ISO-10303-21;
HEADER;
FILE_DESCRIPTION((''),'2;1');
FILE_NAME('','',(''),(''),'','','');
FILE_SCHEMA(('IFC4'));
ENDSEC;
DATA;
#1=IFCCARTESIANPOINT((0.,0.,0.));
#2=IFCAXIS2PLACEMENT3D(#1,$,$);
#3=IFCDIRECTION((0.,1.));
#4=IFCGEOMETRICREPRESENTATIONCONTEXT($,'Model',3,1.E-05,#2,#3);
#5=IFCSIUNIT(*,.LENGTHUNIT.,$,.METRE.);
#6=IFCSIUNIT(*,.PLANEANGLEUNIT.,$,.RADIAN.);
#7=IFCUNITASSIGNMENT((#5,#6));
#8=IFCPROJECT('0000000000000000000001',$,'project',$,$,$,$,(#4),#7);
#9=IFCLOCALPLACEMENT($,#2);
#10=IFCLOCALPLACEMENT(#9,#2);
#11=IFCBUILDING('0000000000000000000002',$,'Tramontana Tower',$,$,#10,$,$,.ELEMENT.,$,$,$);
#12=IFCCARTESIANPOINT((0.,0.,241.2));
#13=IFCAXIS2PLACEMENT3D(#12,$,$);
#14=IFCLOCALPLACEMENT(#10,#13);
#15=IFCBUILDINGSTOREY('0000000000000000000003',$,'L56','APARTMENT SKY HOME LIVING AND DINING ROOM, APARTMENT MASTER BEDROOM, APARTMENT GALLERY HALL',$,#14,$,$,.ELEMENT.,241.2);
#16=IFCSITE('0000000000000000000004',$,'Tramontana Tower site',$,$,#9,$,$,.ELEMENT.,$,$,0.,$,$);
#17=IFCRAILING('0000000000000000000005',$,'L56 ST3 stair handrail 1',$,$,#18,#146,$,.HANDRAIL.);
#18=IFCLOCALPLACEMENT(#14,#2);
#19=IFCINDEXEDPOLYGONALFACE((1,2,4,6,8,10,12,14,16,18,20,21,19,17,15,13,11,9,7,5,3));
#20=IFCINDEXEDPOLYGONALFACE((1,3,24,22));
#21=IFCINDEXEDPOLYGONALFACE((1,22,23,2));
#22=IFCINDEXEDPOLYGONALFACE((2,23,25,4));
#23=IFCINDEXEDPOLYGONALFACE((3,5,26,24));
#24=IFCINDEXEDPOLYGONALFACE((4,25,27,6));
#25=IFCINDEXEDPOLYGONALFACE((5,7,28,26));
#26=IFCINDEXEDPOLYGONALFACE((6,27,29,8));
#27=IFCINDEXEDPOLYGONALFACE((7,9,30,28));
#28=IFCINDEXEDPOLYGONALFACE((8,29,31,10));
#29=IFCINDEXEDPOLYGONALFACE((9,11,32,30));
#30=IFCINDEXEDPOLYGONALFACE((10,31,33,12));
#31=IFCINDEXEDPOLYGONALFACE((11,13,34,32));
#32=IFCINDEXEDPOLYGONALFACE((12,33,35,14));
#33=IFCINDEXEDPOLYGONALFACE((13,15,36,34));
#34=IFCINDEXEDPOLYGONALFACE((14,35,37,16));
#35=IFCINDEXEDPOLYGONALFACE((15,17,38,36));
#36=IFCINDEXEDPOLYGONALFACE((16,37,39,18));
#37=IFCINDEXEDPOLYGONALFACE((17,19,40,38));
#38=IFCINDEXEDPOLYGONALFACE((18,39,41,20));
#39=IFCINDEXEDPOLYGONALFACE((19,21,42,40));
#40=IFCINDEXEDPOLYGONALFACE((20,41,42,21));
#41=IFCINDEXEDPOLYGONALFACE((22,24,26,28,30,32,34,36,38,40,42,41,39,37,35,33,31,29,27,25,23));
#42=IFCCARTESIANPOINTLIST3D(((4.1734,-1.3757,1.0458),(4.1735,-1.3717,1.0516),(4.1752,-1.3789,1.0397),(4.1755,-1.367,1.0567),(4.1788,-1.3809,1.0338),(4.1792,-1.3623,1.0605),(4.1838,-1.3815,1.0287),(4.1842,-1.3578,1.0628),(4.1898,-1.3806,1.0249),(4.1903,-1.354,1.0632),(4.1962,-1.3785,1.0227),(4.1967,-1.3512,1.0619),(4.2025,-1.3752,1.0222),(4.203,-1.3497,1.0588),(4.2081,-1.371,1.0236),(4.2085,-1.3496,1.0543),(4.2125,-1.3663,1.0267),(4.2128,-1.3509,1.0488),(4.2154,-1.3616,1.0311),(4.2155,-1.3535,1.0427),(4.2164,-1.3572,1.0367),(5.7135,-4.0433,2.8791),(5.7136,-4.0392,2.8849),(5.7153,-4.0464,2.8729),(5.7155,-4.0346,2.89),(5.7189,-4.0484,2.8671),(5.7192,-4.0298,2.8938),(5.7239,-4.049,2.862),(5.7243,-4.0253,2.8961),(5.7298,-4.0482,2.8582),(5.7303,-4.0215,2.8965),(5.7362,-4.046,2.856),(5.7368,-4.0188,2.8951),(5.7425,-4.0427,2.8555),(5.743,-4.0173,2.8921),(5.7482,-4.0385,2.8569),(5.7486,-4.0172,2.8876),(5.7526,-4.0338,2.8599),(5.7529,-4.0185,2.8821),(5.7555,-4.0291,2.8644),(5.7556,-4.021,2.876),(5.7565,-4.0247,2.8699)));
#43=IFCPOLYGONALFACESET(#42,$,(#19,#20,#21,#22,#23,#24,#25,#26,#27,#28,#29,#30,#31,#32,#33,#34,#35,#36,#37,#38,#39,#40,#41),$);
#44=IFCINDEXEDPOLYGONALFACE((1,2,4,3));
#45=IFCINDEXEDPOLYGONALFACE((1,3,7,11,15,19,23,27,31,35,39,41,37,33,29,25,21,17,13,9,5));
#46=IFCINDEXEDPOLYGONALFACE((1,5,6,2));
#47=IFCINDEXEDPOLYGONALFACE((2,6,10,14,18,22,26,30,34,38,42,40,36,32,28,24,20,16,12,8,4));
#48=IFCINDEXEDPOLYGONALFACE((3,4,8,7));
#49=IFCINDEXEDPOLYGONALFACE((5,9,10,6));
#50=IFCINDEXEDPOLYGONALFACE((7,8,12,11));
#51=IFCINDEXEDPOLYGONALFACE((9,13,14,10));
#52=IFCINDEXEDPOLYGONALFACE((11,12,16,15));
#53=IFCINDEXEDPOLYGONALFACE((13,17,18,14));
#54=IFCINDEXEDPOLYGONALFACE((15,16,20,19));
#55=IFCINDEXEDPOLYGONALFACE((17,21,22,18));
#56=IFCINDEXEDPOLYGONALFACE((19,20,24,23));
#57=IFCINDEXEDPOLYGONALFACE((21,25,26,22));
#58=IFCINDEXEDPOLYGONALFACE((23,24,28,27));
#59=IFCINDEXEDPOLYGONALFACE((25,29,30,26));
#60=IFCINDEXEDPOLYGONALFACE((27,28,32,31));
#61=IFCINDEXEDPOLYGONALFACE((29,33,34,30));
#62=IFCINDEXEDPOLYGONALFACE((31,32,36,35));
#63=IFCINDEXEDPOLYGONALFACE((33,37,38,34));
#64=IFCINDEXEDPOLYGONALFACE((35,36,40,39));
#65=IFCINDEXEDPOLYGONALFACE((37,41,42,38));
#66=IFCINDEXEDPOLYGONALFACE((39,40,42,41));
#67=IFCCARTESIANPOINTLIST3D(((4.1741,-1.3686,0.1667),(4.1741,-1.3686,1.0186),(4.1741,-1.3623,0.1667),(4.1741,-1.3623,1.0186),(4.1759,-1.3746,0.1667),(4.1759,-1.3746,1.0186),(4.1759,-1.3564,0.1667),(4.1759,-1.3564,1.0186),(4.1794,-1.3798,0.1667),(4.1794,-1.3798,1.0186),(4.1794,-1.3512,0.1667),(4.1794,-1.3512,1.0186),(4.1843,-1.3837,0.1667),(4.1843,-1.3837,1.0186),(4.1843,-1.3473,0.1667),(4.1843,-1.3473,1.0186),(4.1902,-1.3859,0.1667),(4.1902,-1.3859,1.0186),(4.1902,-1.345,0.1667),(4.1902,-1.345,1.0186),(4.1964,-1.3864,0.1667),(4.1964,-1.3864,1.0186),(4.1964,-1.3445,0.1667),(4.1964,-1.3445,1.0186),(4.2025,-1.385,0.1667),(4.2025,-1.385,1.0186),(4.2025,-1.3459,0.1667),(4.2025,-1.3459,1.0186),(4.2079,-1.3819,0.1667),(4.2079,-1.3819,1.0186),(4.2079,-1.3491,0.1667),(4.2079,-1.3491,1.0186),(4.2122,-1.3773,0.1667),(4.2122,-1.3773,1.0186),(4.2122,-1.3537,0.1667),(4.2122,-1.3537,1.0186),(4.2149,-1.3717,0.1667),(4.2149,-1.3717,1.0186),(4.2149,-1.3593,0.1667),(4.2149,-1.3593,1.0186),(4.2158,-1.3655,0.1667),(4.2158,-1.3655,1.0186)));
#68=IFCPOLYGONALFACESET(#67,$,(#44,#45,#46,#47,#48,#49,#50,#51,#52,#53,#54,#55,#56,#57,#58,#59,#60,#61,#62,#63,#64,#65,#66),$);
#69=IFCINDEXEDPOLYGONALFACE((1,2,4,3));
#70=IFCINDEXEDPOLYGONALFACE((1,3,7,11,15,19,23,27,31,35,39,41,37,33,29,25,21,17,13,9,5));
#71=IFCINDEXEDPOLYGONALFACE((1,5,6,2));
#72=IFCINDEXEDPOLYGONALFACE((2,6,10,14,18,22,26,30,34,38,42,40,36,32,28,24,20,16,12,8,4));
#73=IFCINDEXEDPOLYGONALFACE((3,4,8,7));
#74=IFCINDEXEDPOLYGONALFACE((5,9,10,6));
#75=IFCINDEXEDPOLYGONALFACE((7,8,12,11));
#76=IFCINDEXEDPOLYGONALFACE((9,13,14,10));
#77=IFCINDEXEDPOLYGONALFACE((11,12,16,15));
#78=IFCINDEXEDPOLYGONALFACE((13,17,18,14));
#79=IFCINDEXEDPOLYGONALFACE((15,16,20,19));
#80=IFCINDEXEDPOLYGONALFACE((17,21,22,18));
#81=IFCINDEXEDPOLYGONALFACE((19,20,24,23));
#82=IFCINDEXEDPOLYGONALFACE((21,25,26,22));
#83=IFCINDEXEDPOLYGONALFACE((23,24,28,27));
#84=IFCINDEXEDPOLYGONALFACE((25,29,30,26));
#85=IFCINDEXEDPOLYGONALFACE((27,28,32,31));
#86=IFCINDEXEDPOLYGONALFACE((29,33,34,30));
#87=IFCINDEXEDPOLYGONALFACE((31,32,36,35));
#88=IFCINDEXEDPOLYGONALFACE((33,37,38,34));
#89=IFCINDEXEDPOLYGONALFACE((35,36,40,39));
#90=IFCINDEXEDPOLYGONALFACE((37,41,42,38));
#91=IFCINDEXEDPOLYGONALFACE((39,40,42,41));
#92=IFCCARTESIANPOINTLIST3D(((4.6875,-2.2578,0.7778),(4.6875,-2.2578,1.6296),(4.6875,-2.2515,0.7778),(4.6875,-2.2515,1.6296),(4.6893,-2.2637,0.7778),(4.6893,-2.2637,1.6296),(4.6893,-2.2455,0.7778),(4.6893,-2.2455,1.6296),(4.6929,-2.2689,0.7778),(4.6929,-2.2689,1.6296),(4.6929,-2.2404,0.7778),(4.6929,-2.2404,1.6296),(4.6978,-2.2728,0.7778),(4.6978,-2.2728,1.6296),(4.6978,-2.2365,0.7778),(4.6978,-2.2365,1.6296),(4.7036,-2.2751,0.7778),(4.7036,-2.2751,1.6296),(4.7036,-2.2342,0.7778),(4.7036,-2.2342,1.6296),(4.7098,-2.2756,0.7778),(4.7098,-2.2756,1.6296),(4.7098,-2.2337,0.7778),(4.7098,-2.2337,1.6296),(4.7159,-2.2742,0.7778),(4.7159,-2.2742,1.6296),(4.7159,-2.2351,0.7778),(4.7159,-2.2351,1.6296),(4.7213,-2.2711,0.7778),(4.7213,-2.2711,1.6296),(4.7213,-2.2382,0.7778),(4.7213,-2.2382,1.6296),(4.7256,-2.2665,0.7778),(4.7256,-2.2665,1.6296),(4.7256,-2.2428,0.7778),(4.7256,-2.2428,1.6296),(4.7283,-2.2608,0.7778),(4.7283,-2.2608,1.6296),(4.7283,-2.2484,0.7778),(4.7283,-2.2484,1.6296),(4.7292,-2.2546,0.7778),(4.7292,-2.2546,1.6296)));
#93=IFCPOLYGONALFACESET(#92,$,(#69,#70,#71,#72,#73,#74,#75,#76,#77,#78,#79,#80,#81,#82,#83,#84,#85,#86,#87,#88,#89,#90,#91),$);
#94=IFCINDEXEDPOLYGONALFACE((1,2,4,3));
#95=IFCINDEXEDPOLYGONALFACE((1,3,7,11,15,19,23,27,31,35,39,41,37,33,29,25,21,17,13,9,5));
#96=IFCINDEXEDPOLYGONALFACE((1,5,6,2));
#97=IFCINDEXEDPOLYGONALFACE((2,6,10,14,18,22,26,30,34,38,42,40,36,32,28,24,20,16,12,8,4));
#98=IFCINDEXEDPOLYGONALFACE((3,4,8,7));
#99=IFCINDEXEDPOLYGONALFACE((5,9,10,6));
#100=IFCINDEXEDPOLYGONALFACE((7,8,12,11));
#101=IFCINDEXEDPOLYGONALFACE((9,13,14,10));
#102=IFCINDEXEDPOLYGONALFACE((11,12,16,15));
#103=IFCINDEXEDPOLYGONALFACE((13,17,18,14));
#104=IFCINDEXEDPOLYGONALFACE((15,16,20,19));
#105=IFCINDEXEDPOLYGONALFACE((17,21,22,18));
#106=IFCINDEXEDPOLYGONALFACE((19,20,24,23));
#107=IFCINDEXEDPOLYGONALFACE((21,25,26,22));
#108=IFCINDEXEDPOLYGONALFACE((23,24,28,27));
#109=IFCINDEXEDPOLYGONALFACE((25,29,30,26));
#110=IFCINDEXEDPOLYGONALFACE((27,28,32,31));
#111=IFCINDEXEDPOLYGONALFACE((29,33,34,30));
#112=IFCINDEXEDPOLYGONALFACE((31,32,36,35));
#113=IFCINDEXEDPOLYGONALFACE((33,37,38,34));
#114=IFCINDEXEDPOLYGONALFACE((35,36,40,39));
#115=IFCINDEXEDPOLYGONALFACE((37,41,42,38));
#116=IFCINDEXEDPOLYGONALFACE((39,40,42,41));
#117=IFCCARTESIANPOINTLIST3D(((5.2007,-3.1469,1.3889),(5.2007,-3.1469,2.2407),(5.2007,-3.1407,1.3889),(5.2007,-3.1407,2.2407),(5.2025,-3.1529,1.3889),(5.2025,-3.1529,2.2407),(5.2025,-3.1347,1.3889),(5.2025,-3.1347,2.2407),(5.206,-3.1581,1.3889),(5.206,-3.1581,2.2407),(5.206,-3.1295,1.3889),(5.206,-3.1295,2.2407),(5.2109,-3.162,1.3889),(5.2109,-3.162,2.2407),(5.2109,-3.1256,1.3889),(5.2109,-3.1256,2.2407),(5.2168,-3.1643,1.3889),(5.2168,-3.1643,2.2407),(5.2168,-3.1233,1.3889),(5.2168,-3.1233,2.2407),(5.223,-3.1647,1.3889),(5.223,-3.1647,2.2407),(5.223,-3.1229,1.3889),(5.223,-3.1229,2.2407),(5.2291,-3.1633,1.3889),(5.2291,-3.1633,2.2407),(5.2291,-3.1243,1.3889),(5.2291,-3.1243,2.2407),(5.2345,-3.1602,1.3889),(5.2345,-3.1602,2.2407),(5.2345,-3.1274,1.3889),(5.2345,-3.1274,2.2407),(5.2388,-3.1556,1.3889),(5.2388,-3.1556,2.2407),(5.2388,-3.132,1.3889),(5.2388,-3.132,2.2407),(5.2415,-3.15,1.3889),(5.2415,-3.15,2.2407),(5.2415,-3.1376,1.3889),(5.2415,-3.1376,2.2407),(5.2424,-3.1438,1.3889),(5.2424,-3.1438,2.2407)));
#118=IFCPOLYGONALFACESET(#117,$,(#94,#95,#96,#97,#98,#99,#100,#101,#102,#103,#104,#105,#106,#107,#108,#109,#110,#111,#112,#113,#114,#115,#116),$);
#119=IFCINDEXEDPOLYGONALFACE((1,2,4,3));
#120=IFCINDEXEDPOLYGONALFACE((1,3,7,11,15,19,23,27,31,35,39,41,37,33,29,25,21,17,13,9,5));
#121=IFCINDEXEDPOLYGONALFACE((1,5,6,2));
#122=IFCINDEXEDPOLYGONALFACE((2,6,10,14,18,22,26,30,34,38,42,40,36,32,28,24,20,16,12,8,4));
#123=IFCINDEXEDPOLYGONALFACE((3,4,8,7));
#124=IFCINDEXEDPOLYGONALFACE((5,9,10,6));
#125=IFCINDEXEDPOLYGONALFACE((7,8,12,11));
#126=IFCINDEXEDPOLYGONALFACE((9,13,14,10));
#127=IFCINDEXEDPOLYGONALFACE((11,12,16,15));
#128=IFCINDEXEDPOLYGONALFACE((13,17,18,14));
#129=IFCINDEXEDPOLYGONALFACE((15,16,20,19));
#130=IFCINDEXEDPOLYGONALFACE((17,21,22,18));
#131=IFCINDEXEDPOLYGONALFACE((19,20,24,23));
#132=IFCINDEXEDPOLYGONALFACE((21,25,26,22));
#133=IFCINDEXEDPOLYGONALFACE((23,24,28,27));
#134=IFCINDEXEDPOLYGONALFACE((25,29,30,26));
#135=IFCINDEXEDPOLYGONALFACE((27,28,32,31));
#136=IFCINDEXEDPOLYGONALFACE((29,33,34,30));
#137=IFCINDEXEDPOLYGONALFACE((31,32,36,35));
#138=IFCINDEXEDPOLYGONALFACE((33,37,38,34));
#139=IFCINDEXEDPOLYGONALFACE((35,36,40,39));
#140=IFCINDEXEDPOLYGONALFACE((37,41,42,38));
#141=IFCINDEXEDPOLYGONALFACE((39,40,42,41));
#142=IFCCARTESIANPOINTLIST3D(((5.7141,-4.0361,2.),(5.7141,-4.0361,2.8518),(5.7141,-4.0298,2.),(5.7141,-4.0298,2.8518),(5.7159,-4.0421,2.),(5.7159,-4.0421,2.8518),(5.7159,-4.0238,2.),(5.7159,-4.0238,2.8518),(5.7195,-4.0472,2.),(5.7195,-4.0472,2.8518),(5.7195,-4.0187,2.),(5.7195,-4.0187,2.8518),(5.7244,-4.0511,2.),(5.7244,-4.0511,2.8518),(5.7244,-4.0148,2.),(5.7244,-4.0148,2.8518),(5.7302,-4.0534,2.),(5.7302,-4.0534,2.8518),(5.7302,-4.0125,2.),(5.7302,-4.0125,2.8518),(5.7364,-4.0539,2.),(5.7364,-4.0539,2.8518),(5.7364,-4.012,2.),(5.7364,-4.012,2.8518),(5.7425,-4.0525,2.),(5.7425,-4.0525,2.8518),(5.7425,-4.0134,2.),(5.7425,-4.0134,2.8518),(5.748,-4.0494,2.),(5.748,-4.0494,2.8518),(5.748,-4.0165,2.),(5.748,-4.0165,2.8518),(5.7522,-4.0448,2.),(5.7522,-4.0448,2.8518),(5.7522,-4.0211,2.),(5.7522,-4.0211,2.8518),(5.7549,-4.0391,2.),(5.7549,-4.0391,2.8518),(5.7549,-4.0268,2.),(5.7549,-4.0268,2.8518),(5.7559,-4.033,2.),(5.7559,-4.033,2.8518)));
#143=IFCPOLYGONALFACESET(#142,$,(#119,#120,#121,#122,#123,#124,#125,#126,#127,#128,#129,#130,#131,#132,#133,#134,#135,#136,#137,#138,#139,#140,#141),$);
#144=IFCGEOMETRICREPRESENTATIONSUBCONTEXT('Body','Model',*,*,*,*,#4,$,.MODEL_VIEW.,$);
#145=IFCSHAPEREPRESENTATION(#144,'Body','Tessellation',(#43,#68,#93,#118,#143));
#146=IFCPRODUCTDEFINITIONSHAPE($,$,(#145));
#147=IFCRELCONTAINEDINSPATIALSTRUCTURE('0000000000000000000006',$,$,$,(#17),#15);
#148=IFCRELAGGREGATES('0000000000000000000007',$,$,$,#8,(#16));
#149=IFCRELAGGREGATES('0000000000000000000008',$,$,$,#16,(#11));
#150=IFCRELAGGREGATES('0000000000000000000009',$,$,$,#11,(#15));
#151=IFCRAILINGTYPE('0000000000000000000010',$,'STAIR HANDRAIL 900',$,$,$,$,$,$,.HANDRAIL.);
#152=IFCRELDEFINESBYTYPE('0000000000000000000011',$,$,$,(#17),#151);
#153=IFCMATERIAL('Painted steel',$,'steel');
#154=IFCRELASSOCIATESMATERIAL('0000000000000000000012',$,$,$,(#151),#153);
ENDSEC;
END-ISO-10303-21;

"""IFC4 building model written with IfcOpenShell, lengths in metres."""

from ifc_helpers import new_model, si_unit, direction, frame, origin, origin_2d, place, context, subcontext, project, spatial, circle, extrude, material, type_object, element, save


model = new_model("IFC4")

# Units and contexts
model_context = context("Model", 3, precision=1e-05, world=origin(), true_north=direction((0.0, 1.0)))
body_context = subcontext(model_context, "Body", "Model", "MODEL_VIEW")
ifc_project = project(units=[si_unit("LENGTHUNIT", "METRE"), si_unit("PLANEANGLEUNIT", "RADIAN")], contexts=[model_context])

# Site, building, storey
site_placement = place(None, origin())
site = spatial("IfcSite", under=ifc_project, at=site_placement, Name="Tramontana Tower site", CompositionType="ELEMENT", RefElevation=0.0)
building_placement = place(site_placement, origin())
building = spatial("IfcBuilding", under=site, at=building_placement, Name="Tramontana Tower", CompositionType="ELEMENT")
storey_placement = place(building_placement, frame((0.0, 0.0, 241.2)))
storey = spatial("IfcBuildingStorey", under=building, at=storey_placement, Name="L56", Description="APARTMENT SKY HOME LIVING AND DINING ROOM, APARTMENT MASTER BEDROOM, APARTMENT GALLERY HALL", CompositionType="ELEMENT", Elevation=241.2)

# Railing
ifc_material_1 = material(Name="Painted steel", Category="steel")
railing_type_1 = type_object("IfcRailingType", Name="STAIR HANDRAIL 900", PredefinedType="HANDRAIL", material=ifc_material_1)
railing_1_placement = place(storey_placement, frame((4.1948, -1.3655, 0.1667)))
element("IfcRailing", 1, at=railing_1_placement, inside=storey, type_object=railing_type_1, Name="L56 ST3 stair handrail 1", PredefinedType="HANDRAIL", context=body_context, shape_type="SweptSolid", body=[
    extrude(circle(Radius=0.0239, at=origin_2d()), frame((0.0, 0.0, 0.876), z_axis=(0.429649, -0.74419, 0.511452), x_axis=(0.86603, 0.499992, 0.0)), (0.0, 0.0, 1.0), 3.5845),
    extrude(circle(Radius=0.021, at=origin_2d()), origin(), (0.0, 0.0, 1.0), 0.8518),
    extrude(circle(Radius=0.021, at=origin_2d()), frame((0.5134, -0.8892, 0.6111)), (0.0, 0.0, 1.0), 0.8518),
    extrude(circle(Radius=0.021, at=origin_2d()), frame((1.0266, -1.7783, 1.2222)), (0.0, 0.0, 1.0), 0.8518),
    extrude(circle(Radius=0.021, at=origin_2d()), frame((1.54, -2.6675, 1.8333)), (0.0, 0.0, 1.0), 0.8518),
])

save(model, "model.ifc")
